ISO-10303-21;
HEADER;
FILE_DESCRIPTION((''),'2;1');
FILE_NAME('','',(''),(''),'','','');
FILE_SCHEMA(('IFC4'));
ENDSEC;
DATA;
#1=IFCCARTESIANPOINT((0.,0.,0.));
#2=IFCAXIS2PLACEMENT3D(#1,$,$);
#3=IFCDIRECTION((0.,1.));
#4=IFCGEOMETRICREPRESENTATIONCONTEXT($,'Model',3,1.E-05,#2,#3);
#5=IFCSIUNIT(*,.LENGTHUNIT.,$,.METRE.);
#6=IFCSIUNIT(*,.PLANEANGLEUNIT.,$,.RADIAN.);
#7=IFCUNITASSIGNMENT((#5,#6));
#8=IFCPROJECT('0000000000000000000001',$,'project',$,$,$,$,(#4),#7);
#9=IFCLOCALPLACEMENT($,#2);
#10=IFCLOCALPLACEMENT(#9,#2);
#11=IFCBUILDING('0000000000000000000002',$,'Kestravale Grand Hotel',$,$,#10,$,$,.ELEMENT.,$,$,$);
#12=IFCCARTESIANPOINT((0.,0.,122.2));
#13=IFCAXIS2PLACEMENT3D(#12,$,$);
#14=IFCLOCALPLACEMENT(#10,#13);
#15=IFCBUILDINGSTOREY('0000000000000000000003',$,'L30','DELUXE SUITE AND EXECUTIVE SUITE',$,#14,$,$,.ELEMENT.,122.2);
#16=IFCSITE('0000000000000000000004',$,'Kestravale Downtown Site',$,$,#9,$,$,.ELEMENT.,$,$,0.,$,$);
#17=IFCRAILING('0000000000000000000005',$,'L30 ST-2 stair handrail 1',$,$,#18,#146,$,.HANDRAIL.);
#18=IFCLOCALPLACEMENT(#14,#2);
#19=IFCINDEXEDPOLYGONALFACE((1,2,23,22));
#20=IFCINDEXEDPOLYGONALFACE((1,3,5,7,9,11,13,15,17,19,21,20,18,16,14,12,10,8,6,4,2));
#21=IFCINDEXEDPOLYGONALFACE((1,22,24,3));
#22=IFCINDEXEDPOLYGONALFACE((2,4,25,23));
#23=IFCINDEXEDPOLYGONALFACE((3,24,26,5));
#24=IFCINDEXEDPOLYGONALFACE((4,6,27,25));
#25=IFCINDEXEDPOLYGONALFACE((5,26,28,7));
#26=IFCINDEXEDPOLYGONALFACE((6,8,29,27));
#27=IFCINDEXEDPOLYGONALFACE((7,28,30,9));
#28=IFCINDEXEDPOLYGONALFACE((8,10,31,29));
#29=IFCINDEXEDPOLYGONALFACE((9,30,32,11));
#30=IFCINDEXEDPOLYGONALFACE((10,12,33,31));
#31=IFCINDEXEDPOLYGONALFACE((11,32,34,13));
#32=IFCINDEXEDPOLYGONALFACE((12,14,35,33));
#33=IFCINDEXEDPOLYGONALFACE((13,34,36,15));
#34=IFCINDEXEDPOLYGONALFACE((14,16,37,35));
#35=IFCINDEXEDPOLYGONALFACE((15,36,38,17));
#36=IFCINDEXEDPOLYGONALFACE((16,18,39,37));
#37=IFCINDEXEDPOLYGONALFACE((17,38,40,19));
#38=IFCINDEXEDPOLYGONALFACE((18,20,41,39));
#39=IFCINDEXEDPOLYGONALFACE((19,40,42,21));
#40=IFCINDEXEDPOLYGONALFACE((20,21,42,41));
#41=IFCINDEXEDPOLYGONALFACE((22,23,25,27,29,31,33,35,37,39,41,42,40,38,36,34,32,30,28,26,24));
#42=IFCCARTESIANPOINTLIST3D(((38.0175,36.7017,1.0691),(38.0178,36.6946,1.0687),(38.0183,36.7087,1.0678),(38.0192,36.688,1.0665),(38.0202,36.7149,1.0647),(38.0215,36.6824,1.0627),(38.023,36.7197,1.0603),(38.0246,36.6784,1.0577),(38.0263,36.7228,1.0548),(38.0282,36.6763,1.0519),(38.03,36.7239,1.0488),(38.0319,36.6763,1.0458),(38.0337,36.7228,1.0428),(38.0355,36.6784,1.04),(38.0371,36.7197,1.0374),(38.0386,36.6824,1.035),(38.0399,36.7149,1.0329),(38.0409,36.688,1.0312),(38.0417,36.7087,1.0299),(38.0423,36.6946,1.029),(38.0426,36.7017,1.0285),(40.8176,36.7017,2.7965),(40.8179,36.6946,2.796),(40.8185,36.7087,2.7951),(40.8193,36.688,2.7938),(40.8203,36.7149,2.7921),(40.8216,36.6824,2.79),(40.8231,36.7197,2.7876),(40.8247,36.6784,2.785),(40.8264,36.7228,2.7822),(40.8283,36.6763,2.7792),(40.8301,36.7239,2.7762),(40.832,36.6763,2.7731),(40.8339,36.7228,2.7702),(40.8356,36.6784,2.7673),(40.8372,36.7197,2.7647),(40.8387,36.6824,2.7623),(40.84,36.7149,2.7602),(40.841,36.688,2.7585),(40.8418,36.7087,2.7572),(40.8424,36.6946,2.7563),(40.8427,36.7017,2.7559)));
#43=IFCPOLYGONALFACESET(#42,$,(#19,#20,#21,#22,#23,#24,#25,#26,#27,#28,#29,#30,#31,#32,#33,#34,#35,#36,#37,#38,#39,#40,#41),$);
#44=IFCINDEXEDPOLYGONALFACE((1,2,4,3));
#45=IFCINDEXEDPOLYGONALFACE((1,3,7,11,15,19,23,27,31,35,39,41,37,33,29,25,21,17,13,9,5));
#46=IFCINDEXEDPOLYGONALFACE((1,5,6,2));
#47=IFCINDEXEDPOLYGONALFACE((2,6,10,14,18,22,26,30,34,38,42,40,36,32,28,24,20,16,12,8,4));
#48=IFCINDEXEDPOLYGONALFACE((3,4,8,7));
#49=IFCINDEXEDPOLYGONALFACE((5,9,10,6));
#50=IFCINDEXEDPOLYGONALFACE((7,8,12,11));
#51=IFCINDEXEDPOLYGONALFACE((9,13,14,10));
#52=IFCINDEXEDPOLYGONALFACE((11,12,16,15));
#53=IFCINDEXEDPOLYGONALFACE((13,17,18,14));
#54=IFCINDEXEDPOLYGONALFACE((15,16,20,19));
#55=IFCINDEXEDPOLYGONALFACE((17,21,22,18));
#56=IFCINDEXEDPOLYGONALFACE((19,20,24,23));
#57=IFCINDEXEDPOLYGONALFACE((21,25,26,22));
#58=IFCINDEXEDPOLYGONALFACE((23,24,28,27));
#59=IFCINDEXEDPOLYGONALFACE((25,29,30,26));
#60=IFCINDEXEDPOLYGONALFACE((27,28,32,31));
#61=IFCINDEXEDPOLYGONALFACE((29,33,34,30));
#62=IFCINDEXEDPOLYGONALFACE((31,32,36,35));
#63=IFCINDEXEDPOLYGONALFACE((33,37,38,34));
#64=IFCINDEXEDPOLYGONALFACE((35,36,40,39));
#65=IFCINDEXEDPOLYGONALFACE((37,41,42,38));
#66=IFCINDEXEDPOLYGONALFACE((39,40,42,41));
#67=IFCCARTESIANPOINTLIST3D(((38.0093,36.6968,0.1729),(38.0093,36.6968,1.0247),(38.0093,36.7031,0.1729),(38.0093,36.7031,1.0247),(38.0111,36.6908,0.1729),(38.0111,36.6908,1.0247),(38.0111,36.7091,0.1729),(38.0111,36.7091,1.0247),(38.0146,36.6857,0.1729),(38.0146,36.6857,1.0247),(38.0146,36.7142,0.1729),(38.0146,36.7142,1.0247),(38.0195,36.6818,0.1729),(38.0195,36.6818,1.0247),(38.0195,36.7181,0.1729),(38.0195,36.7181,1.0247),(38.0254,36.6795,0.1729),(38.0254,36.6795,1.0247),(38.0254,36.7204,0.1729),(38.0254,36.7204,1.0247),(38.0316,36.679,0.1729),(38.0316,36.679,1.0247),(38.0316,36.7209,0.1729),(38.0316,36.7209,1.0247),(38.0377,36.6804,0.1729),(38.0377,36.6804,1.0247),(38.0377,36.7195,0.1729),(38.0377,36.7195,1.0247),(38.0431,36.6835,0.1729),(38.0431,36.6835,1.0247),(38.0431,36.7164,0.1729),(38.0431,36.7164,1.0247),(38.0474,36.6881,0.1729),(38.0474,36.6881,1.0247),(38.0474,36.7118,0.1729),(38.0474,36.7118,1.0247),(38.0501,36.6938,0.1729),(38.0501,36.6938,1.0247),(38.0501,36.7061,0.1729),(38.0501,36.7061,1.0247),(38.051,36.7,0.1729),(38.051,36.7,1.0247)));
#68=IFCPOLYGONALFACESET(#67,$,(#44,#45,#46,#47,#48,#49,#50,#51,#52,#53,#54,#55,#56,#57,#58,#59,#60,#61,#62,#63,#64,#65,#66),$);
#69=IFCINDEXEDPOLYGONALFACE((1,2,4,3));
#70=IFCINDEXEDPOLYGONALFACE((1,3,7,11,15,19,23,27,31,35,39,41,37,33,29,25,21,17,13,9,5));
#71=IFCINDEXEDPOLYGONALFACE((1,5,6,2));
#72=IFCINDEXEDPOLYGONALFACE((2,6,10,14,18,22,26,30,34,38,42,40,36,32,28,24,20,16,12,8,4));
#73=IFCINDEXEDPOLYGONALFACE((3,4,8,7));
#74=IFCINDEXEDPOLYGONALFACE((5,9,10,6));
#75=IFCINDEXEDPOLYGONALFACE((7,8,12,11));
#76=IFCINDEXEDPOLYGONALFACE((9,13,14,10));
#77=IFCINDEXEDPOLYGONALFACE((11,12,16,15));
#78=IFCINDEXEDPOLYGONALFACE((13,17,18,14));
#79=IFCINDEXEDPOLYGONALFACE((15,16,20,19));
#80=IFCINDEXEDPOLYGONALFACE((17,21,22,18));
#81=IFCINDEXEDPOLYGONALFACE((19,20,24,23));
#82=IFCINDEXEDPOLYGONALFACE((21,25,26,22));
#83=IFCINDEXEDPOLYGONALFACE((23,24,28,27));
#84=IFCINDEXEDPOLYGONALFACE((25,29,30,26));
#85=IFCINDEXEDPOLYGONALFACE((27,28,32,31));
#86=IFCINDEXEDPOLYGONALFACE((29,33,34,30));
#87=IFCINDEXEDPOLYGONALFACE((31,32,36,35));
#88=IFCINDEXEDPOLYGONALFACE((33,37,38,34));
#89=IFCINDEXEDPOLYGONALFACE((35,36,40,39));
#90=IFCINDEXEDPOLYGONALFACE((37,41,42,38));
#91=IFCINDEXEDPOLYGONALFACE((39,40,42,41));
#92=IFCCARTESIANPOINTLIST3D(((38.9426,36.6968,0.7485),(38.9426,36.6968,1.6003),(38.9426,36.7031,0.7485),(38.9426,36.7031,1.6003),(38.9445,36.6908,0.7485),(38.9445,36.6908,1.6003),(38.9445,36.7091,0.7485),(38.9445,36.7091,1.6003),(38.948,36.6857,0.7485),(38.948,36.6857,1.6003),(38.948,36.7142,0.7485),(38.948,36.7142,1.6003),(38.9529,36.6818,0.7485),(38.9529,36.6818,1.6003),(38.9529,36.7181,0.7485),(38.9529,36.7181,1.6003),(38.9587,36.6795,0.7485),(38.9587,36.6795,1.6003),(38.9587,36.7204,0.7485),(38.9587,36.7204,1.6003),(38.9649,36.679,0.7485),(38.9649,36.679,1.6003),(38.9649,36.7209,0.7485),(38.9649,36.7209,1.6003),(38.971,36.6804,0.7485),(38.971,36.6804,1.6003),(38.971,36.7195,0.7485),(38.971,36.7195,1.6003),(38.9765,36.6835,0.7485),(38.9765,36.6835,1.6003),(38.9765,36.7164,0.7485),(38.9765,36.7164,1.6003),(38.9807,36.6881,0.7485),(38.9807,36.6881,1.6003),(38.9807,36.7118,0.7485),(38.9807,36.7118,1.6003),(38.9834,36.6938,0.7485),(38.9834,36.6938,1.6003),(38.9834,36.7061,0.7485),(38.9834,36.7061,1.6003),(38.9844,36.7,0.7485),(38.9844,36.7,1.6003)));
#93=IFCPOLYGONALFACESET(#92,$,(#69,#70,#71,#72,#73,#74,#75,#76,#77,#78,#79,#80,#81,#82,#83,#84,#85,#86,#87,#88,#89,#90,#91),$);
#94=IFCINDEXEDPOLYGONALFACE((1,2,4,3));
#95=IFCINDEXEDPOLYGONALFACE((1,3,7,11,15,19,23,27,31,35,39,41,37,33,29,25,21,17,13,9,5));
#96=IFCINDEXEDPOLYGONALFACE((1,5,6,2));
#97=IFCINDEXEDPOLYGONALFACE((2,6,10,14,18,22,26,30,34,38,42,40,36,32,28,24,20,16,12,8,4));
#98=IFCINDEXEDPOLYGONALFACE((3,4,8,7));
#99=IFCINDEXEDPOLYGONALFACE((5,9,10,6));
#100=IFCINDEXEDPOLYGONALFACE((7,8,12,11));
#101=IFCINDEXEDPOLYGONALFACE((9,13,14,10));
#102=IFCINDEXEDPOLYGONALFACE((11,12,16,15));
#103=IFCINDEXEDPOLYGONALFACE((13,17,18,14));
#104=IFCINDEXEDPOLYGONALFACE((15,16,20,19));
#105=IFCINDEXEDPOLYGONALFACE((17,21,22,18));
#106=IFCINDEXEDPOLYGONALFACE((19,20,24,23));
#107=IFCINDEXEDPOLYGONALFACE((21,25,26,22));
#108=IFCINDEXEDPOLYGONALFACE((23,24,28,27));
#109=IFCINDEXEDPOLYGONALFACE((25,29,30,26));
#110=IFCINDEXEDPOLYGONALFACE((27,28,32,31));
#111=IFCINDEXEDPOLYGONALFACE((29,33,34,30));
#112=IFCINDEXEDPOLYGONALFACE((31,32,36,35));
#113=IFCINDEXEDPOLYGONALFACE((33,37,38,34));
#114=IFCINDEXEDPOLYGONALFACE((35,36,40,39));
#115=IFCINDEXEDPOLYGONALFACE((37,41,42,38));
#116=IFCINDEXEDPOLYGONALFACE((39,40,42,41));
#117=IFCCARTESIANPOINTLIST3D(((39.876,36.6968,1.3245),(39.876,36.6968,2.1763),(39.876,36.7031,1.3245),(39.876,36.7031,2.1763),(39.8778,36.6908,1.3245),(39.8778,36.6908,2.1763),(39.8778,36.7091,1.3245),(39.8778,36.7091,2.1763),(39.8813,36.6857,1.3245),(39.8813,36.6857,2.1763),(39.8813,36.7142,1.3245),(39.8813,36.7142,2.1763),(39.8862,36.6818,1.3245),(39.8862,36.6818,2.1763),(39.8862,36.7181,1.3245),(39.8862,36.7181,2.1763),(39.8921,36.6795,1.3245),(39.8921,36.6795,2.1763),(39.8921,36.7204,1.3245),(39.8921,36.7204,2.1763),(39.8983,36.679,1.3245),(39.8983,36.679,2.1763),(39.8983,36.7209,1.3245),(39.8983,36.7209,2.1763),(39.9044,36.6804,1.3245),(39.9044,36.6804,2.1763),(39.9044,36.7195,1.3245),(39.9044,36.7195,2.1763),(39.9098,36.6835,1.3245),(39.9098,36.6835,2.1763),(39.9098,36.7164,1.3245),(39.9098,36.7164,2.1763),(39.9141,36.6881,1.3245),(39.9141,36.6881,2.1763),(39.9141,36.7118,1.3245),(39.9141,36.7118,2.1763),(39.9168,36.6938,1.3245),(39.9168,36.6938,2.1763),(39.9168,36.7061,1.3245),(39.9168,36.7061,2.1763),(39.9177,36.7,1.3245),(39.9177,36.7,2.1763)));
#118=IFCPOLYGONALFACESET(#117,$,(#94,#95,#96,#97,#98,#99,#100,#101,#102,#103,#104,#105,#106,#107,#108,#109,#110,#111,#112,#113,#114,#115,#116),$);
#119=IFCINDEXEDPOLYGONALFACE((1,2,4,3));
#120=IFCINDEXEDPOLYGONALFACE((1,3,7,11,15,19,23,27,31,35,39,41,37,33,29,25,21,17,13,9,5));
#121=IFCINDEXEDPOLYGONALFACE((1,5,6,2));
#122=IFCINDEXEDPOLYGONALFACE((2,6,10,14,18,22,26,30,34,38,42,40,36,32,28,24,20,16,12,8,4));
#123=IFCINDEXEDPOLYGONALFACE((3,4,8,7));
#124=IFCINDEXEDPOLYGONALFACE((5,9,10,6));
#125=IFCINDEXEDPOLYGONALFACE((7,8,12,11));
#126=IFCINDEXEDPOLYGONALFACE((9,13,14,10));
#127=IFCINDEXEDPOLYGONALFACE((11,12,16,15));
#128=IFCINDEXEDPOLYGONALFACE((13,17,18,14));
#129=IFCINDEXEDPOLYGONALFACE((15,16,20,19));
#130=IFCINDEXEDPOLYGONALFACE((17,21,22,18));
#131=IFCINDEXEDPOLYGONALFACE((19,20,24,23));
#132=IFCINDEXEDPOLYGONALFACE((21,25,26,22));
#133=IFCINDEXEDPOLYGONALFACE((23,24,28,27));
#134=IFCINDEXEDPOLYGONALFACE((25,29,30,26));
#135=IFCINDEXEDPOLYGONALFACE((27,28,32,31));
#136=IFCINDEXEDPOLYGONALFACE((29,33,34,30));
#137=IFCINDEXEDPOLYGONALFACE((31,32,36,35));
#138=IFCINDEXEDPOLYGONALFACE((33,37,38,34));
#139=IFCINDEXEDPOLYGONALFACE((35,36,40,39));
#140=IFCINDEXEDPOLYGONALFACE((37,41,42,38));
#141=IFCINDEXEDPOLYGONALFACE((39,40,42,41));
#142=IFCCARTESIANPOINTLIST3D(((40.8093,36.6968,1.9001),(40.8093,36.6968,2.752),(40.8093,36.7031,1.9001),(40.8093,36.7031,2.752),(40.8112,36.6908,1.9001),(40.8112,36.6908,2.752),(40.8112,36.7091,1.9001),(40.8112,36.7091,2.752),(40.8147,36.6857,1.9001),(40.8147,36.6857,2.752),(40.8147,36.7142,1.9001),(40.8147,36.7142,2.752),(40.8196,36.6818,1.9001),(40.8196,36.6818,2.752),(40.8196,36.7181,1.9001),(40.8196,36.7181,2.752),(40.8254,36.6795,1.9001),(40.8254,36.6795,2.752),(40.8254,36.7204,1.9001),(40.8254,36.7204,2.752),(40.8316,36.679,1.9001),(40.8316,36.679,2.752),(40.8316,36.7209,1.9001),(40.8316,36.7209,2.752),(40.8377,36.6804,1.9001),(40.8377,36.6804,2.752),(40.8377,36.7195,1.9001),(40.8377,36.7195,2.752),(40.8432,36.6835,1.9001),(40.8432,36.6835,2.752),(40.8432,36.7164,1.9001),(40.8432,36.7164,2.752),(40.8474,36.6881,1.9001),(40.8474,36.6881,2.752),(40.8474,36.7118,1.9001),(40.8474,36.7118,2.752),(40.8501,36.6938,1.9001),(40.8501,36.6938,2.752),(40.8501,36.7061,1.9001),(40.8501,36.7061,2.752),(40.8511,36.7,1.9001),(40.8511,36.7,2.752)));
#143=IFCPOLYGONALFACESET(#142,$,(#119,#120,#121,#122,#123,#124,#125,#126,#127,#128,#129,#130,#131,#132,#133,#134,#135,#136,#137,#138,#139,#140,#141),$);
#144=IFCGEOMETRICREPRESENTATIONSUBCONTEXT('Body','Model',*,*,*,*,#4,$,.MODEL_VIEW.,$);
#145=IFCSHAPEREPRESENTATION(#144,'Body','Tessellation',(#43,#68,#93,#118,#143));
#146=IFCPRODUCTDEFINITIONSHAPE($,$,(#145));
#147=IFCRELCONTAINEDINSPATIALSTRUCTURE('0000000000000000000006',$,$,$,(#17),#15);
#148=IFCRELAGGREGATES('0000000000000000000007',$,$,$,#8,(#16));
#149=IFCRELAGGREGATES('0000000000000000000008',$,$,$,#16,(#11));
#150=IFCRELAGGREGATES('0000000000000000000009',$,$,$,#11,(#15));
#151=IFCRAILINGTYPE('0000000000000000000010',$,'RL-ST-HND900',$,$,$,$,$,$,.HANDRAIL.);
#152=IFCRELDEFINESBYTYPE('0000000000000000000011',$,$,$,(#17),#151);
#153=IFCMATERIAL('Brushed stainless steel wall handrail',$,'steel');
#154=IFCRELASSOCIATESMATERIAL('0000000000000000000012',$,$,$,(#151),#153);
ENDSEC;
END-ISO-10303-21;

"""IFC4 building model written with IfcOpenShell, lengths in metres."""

from ifc_helpers import new_model, si_unit, direction, frame, origin, origin_2d, place, context, subcontext, project, spatial, circle, extrude, material, type_object, element, save


model = new_model("IFC4")

# Units and contexts
model_context = context("Model", 3, precision=1e-05, world=origin(), true_north=direction((0.0, 1.0)))
body_context = subcontext(model_context, "Body", "Model", "MODEL_VIEW")
ifc_project = project(units=[si_unit("LENGTHUNIT", "METRE"), si_unit("PLANEANGLEUNIT", "RADIAN")], contexts=[model_context])

# Site, building, storey
site_placement = place(None, origin())
site = spatial("IfcSite", under=ifc_project, at=site_placement, Name="Kestravale Downtown Site", CompositionType="ELEMENT", RefElevation=0.0)
building_placement = place(site_placement, origin())
building = spatial("IfcBuilding", under=site, at=building_placement, Name="Kestravale Grand Hotel", CompositionType="ELEMENT")
storey_placement = place(building_placement, frame((0.0, 0.0, 122.2)))
storey = spatial("IfcBuildingStorey", under=building, at=storey_placement, Name="L30", Description="DELUXE SUITE AND EXECUTIVE SUITE", CompositionType="ELEMENT", Elevation=122.2)

# Railing
ifc_material_1 = material(Name="Brushed stainless steel wall handrail", Category="steel")
railing_type_1 = type_object("IfcRailingType", Name="RL-ST-HND900", PredefinedType="HANDRAIL", material=ifc_material_1)
railing_1_placement = place(storey_placement, frame((38.03, 36.7, 0.1729)))
element("IfcRailing", 1, at=railing_1_placement, inside=storey, type_object=railing_type_1, Name="L30 ST-2 stair handrail 1", PredefinedType="HANDRAIL", context=body_context, shape_type="SweptSolid", body=[
    extrude(circle(Radius=0.0239, at=origin_2d()), frame((0.0, 0.0, 0.876), z_axis=(0.85109, 0.0, 0.52502), x_axis=(0.0, 1.0, 0.0)), (0.0, 0.0, 1.0), 3.29),
    extrude(circle(Radius=0.021, at=origin_2d()), origin(), (0.0, 0.0, 1.0), 0.8518),
    extrude(circle(Radius=0.021, at=origin_2d()), frame((0.9333, 0.0, 0.5757)), (0.0, 0.0, 1.0), 0.8518),
    extrude(circle(Radius=0.021, at=origin_2d()), frame((1.8667, 0.0, 1.1516)), (0.0, 0.0, 1.0), 0.8518),
    extrude(circle(Radius=0.021, at=origin_2d()), frame((2.8, 0.0, 1.7273)), (0.0, 0.0, 1.0), 0.8518),
])

save(model, "model.ifc")
